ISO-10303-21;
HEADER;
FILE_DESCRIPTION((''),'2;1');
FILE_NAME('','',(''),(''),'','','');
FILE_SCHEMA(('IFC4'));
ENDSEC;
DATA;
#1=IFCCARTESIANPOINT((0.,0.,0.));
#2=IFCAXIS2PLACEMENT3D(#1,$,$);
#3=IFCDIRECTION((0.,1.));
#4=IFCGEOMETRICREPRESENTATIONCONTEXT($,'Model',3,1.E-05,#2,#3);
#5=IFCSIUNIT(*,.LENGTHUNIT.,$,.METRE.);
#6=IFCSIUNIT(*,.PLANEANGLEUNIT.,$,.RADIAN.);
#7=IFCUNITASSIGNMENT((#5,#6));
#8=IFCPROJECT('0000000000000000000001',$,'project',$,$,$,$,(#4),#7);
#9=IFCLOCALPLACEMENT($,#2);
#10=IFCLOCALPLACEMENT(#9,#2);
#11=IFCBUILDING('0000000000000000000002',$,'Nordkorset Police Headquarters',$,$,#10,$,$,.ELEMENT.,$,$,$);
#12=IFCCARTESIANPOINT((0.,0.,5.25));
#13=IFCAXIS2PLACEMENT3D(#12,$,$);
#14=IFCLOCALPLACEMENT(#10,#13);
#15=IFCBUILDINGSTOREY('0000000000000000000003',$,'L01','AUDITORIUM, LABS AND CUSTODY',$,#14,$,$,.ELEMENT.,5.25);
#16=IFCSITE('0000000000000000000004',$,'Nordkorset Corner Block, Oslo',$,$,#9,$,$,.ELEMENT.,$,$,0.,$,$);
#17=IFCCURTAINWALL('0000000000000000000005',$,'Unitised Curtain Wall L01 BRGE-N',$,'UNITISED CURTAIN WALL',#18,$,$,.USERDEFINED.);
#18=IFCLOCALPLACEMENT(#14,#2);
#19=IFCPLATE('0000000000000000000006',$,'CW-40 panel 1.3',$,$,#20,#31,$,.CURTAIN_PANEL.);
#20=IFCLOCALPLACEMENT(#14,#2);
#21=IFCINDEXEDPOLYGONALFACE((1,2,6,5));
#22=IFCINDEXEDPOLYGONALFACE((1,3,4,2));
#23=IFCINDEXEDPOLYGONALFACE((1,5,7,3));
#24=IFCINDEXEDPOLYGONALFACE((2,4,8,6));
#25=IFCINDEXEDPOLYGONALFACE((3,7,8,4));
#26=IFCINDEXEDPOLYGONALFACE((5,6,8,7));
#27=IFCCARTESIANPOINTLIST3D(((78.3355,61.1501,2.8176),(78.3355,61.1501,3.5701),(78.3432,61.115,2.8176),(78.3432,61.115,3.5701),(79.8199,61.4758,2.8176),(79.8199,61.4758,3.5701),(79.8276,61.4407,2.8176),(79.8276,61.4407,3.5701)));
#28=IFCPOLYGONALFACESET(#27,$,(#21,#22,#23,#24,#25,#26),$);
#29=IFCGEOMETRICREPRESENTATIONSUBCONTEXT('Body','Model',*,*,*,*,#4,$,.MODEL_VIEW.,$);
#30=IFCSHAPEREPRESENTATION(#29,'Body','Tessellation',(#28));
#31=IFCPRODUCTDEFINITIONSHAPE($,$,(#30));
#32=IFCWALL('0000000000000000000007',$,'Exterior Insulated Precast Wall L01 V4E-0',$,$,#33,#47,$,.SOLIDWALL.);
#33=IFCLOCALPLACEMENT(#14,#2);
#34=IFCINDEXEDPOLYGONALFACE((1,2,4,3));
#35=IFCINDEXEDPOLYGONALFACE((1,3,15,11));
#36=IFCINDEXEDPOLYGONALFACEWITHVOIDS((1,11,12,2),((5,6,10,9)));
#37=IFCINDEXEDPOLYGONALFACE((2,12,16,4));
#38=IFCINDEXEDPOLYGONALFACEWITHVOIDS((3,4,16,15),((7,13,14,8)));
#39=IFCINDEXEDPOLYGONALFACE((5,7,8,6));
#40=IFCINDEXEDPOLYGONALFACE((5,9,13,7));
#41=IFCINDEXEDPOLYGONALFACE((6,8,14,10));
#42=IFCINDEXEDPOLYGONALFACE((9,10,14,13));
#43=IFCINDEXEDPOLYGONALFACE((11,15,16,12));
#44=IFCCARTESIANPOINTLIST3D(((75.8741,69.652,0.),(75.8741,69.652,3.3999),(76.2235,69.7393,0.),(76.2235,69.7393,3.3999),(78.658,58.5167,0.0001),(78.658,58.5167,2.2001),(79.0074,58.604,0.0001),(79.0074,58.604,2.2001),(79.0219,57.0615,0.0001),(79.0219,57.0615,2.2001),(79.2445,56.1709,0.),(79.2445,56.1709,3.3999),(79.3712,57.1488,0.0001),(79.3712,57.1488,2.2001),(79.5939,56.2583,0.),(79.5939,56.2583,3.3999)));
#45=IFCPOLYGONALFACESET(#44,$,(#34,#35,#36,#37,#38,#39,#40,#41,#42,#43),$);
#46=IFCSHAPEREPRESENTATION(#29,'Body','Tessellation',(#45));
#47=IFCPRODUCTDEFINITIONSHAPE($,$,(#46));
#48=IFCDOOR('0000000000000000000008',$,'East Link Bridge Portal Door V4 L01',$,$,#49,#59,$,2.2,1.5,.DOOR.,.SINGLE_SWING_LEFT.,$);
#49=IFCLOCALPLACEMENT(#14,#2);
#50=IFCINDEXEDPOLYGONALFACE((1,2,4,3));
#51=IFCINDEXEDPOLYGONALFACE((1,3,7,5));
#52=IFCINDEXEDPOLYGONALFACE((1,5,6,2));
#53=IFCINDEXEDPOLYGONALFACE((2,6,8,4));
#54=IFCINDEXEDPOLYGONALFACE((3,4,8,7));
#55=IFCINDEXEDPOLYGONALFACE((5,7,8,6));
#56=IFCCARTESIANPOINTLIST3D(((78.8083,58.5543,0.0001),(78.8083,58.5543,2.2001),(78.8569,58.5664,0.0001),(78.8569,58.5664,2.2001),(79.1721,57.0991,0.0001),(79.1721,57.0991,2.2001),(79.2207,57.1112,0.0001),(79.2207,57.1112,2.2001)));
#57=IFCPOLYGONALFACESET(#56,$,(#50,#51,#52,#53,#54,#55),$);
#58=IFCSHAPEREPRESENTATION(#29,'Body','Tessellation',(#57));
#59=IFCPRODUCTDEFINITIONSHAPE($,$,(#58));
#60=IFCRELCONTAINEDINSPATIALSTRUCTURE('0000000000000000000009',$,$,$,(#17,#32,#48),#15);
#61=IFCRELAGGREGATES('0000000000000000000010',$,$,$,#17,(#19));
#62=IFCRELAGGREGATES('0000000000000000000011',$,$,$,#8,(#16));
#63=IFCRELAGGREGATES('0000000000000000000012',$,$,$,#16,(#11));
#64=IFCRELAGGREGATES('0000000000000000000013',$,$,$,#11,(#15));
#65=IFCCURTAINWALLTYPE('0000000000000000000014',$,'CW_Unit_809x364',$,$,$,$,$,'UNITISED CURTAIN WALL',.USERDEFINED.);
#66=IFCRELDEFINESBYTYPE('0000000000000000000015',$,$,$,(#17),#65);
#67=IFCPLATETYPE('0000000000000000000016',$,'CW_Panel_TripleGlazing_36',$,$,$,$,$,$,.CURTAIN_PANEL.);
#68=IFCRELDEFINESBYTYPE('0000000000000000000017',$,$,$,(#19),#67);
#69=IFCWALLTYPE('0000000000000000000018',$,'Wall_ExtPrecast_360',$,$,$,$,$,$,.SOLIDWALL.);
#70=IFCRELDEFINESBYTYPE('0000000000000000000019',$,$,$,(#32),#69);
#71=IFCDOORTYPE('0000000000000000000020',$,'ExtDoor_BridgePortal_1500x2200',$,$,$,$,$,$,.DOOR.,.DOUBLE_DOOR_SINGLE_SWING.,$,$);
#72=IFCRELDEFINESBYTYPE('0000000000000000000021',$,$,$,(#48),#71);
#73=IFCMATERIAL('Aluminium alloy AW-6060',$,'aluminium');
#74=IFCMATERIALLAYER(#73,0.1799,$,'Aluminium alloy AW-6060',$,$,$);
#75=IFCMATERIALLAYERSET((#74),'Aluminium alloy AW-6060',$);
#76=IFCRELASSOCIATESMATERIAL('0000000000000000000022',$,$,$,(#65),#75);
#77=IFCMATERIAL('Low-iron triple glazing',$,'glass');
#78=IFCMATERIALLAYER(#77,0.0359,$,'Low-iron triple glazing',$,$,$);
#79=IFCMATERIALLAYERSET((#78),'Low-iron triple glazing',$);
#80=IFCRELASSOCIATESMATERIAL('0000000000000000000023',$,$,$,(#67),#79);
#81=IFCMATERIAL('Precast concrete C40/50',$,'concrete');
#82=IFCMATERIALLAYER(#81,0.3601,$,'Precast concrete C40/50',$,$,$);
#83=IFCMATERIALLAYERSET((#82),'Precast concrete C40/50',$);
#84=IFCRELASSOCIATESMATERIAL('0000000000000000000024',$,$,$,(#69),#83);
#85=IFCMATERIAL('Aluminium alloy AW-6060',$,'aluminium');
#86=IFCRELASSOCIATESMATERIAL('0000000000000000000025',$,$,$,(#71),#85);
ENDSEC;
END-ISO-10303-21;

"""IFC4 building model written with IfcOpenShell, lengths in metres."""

from ifc_helpers import new_model, si_unit, direction, frame, frame_2d, origin, origin_2d, place, context, subcontext, project, spatial, rectangle, extrude, material, layer, layer_set, type_object, element, fill, aggregate, save


model = new_model("IFC4")

# Units and contexts
model_context = context("Model", 3, precision=1e-05, world=origin(), true_north=direction((0.0, 1.0)))
body_context = subcontext(model_context, "Body", "Model", "MODEL_VIEW")
ifc_project = project(units=[si_unit("LENGTHUNIT", "METRE"), si_unit("PLANEANGLEUNIT", "RADIAN")], contexts=[model_context])

# Site, building, storey
site_placement = place(None, origin())
site = spatial("IfcSite", under=ifc_project, at=site_placement, Name="Nordkorset Corner Block, Oslo", CompositionType="ELEMENT", RefElevation=0.0)
building_placement = place(site_placement, origin())
building = spatial("IfcBuilding", under=site, at=building_placement, Name="Nordkorset Police Headquarters", CompositionType="ELEMENT")
storey_placement = place(building_placement, frame((0.0, 0.0, 5.25)))
storey = spatial("IfcBuildingStorey", under=building, at=storey_placement, Name="L01", Description="AUDITORIUM, LABS AND CUSTODY", CompositionType="ELEMENT", Elevation=5.25)

# Curtain wall
ifc_material_1 = material(Name="Aluminium alloy AW-6060", Category="aluminium")
ifc_layer_1 = layer(ifc_material_1, 0.1799, Name="Aluminium alloy AW-6060")
ifc_layer_set_1 = layer_set([ifc_layer_1], Name="Aluminium alloy AW-6060")
curtain_wall_type_1 = type_object("IfcCurtainWallType", Name="CW_Unit_809x364", ElementType="UNITISED CURTAIN WALL", PredefinedType="USERDEFINED", material=ifc_layer_set_1)
curtain_wall_1_placement = place(storey_placement, origin())
curtain_wall_1 = element("IfcCurtainWall", 1, at=curtain_wall_1_placement, inside=storey, type_object=curtain_wall_type_1, Name="Unitised Curtain Wall L01 BRGE-N", ObjectType="UNITISED CURTAIN WALL", PredefinedType="USERDEFINED")

# Plate
ifc_material_2 = material(Name="Low-iron triple glazing", Category="glass")
ifc_layer_2 = layer(ifc_material_2, 0.0359, Name="Low-iron triple glazing")
ifc_layer_set_2 = layer_set([ifc_layer_2], Name="Low-iron triple glazing")
plate_type = type_object("IfcPlateType", Name="CW_Panel_TripleGlazing_36", PredefinedType="CURTAIN_PANEL", material=ifc_layer_set_2)
plate_1_placement = place(storey_placement, frame((79.0815, 61.2954, 2.8176), z_axis=(0.0, 0.0, 1.0), x_axis=(0.976768, 0.214298, 0.0)))
plate_1 = element("IfcPlate", 2, at=plate_1_placement, type_object=plate_type, Name="CW-40 panel 1.3", PredefinedType="CURTAIN_PANEL", context=body_context, shape_type="SweptSolid", body=[
    extrude(rectangle(XDim=1.5198, YDim=0.0359, at=origin_2d()), origin(), (0.0, 0.0, 1.0), 0.7524),
])
aggregate(curtain_wall_1, [plate_1])

# Wall, opening, door
ifc_material_3 = material(Name="Precast concrete C40/50", Category="concrete")
ifc_layer_3 = layer(ifc_material_3, 0.3601, Name="Precast concrete C40/50")
ifc_layer_set_3 = layer_set([ifc_layer_3], Name="Precast concrete C40/50")
wall_type = type_object("IfcWallType", Name="Wall_ExtPrecast_360", PredefinedType="SOLIDWALL", material=ifc_layer_set_3)
wall_placement = place(storey_placement, frame((79.4192, 56.2146, 0.0), z_axis=(0.0, 0.0, 1.0), x_axis=(-0.242544, 0.97014, 0.0)))
wall = element("IfcWall", 3, at=wall_placement, inside=storey, type_object=wall_type, Name="Exterior Insulated Precast Wall L01 V4E-0", PredefinedType="SOLIDWALL", context=body_context, shape_type="SweptSolid", body=[
    extrude(rectangle(XDim=13.896, YDim=0.3601, at=frame_2d((6.948, 0.0))), origin(), (0.0, 0.0, 1.0), 3.3999),
])
opening_placement = place(wall_placement, frame((0.918, 0.0, 0.0)))
opening = element("IfcOpeningElement", 4, at=opening_placement, cuts=wall, PredefinedType="OPENING", context=body_context, shape_type="SweptSolid", body=[
    extrude(rectangle(XDim=1.5, YDim=2.2, at=frame_2d((0.75, 1.1001))), frame((0.0, 0.1899, 0.0), z_axis=(0.0, -1.0, 0.0), x_axis=(1.0, 0.0, 0.0)), (0.0, 0.0, 1.0), 0.3801),
])
ifc_material_4 = material(Name="Aluminium alloy AW-6060", Category="aluminium")
door_type = type_object("IfcDoorType", Name="ExtDoor_BridgePortal_1500x2200", OperationType="DOUBLE_DOOR_SINGLE_SWING", PredefinedType="DOOR", material=ifc_material_4)
door_placement = place(opening_placement, frame((1.5, 0.0, 0.0), z_axis=(0.0, 0.0, 1.0), x_axis=(-1.0, 0.0, 0.0)))
door = element("IfcDoor", 5, at=door_placement, inside=storey, type_object=door_type, Name="East Link Bridge Portal Door V4 L01", OperationType="SINGLE_SWING_LEFT", OverallHeight=2.2, OverallWidth=1.5, PredefinedType="DOOR", context=body_context, shape_type="SweptSolid", body=[
    extrude(rectangle(XDim=1.5, YDim=2.2, at=frame_2d((0.75, 1.1001))), frame((0.0, 0.0249, 0.0), z_axis=(0.0, -1.0, 0.0), x_axis=(1.0, 0.0, 0.0)), (0.0, 0.0, 1.0), 0.05),
])
fill(opening, door)

save(model, "model.ifc")
